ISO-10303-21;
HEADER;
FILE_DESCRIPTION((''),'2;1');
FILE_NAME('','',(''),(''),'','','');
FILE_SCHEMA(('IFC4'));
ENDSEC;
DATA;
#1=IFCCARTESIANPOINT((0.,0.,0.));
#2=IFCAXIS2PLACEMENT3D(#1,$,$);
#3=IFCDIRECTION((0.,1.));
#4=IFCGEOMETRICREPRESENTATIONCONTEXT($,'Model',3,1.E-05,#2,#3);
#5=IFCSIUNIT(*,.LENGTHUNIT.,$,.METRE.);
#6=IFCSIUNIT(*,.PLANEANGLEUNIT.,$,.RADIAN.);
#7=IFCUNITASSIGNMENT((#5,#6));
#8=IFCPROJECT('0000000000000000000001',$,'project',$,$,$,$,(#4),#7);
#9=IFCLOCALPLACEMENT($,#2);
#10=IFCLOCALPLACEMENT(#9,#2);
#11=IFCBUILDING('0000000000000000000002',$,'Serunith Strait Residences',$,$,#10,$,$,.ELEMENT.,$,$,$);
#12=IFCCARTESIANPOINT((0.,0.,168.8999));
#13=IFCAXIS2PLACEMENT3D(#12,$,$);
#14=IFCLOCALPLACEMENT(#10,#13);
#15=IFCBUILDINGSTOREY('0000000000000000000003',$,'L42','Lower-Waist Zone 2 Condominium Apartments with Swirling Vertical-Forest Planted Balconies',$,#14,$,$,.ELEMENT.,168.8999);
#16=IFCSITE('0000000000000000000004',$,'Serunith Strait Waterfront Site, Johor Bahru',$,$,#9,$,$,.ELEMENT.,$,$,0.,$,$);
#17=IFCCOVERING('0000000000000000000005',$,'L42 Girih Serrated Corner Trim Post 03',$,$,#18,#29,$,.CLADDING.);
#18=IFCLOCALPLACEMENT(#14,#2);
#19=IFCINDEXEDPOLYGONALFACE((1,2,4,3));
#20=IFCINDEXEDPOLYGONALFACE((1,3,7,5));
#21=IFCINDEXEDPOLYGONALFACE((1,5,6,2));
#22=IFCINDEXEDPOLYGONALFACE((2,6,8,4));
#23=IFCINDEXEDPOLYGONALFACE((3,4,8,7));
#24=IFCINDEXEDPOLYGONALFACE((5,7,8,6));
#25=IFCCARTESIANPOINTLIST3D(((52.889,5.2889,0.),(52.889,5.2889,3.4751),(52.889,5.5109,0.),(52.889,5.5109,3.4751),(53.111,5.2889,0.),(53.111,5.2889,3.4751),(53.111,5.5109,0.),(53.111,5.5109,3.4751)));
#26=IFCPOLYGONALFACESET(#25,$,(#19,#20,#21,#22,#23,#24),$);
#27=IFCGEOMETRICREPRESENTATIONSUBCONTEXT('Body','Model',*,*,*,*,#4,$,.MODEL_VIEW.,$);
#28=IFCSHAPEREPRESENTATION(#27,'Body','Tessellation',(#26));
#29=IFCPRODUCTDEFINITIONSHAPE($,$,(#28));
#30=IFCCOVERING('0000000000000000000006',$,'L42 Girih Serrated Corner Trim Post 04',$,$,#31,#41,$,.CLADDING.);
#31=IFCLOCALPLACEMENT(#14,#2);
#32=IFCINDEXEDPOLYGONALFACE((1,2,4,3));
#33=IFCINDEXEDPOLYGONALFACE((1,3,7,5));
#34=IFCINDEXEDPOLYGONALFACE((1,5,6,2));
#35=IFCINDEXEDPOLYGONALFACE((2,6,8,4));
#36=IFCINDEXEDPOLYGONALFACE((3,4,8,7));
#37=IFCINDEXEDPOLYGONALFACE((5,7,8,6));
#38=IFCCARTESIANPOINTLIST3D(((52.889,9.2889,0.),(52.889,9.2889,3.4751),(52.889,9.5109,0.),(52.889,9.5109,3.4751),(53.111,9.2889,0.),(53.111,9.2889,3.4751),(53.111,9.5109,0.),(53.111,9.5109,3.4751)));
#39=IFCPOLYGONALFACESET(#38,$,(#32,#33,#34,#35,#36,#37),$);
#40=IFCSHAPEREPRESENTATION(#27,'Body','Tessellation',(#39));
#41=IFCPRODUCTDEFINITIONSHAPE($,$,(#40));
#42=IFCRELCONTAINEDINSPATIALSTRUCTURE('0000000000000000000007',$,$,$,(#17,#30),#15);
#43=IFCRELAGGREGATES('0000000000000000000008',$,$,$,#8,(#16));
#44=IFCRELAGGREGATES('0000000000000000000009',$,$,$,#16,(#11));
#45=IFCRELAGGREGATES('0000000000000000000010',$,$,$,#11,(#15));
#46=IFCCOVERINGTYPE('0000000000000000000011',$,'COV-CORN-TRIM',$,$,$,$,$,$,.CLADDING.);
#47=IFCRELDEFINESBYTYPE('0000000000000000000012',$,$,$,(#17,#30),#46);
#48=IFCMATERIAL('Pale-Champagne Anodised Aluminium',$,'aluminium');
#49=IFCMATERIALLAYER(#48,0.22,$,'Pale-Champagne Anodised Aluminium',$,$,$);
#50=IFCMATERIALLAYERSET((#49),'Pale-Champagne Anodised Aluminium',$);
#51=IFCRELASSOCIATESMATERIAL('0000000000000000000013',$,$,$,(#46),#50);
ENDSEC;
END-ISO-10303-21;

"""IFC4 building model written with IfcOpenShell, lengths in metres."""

from ifc_helpers import new_model, si_unit, direction, frame, origin, origin_2d, place, context, subcontext, project, spatial, rectangle, extrude, source, transform, mapped, material, layer, layer_set, type_object, element, save


model = new_model("IFC4")

# Units and contexts
model_context = context("Model", 3, precision=1e-05, world=origin(), true_north=direction((0.0, 1.0)))
body_context = subcontext(model_context, "Body", "Model", "MODEL_VIEW")
ifc_project = project(units=[si_unit("LENGTHUNIT", "METRE"), si_unit("PLANEANGLEUNIT", "RADIAN")], contexts=[model_context])

# Site, building, storey
site_placement = place(None, origin())
site = spatial("IfcSite", under=ifc_project, at=site_placement, Name="Serunith Strait Waterfront Site, Johor Bahru", CompositionType="ELEMENT", RefElevation=0.0)
building_placement = place(site_placement, origin())
building = spatial("IfcBuilding", under=site, at=building_placement, Name="Serunith Strait Residences", CompositionType="ELEMENT")
storey_placement = place(building_placement, frame((0.0, 0.0, 168.8999)))
storey = spatial("IfcBuildingStorey", under=building, at=storey_placement, Name="L42", Description="Lower-Waist Zone 2 Condominium Apartments with Swirling Vertical-Forest Planted Balconies", CompositionType="ELEMENT", Elevation=168.8999)

# Shared definitions
ifc_material_1 = material(Name="Pale-Champagne Anodised Aluminium", Category="aluminium")

# Coverings
ifc_layer_1 = layer(ifc_material_1, 0.22, Name="Pale-Champagne Anodised Aluminium")
ifc_layer_set_1 = layer_set([ifc_layer_1], Name="Pale-Champagne Anodised Aluminium")
covering_type = type_object("IfcCoveringType", Name="COV-CORN-TRIM", PredefinedType="CLADDING", material=ifc_layer_set_1)
shared_shape_1 = source(origin(), body_context, "Body", "SweptSolid", [
    extrude(rectangle(XDim=0.2219, YDim=0.2219, at=origin_2d()), origin(), (0.0, 0.0, 1.0), 3.4751),
])
for number, where, z_axis, x_axis, name in (
    (1, (53.0, 5.3999, 0.0), (0.0, 0.0, 1.0), (1.0, 0.0, 0.0), "L42 Girih Serrated Corner Trim Post 03"),
    (2, (53.0, 9.3999, 0.0), (0.0, 0.0, 1.0), (1.0, 0.0, 0.0), "L42 Girih Serrated Corner Trim Post 04"),
):
    element("IfcCovering", number, at=place(storey_placement, frame(where, z_axis=z_axis, x_axis=x_axis)), inside=storey, type_object=covering_type, Name=name, PredefinedType="CLADDING", context=body_context, shape_type="MappedRepresentation", body=[
        mapped(shared_shape_1, transform((0.0, 0.0, 0.0), scale=1.0)),
    ])

save(model, "model.ifc")
